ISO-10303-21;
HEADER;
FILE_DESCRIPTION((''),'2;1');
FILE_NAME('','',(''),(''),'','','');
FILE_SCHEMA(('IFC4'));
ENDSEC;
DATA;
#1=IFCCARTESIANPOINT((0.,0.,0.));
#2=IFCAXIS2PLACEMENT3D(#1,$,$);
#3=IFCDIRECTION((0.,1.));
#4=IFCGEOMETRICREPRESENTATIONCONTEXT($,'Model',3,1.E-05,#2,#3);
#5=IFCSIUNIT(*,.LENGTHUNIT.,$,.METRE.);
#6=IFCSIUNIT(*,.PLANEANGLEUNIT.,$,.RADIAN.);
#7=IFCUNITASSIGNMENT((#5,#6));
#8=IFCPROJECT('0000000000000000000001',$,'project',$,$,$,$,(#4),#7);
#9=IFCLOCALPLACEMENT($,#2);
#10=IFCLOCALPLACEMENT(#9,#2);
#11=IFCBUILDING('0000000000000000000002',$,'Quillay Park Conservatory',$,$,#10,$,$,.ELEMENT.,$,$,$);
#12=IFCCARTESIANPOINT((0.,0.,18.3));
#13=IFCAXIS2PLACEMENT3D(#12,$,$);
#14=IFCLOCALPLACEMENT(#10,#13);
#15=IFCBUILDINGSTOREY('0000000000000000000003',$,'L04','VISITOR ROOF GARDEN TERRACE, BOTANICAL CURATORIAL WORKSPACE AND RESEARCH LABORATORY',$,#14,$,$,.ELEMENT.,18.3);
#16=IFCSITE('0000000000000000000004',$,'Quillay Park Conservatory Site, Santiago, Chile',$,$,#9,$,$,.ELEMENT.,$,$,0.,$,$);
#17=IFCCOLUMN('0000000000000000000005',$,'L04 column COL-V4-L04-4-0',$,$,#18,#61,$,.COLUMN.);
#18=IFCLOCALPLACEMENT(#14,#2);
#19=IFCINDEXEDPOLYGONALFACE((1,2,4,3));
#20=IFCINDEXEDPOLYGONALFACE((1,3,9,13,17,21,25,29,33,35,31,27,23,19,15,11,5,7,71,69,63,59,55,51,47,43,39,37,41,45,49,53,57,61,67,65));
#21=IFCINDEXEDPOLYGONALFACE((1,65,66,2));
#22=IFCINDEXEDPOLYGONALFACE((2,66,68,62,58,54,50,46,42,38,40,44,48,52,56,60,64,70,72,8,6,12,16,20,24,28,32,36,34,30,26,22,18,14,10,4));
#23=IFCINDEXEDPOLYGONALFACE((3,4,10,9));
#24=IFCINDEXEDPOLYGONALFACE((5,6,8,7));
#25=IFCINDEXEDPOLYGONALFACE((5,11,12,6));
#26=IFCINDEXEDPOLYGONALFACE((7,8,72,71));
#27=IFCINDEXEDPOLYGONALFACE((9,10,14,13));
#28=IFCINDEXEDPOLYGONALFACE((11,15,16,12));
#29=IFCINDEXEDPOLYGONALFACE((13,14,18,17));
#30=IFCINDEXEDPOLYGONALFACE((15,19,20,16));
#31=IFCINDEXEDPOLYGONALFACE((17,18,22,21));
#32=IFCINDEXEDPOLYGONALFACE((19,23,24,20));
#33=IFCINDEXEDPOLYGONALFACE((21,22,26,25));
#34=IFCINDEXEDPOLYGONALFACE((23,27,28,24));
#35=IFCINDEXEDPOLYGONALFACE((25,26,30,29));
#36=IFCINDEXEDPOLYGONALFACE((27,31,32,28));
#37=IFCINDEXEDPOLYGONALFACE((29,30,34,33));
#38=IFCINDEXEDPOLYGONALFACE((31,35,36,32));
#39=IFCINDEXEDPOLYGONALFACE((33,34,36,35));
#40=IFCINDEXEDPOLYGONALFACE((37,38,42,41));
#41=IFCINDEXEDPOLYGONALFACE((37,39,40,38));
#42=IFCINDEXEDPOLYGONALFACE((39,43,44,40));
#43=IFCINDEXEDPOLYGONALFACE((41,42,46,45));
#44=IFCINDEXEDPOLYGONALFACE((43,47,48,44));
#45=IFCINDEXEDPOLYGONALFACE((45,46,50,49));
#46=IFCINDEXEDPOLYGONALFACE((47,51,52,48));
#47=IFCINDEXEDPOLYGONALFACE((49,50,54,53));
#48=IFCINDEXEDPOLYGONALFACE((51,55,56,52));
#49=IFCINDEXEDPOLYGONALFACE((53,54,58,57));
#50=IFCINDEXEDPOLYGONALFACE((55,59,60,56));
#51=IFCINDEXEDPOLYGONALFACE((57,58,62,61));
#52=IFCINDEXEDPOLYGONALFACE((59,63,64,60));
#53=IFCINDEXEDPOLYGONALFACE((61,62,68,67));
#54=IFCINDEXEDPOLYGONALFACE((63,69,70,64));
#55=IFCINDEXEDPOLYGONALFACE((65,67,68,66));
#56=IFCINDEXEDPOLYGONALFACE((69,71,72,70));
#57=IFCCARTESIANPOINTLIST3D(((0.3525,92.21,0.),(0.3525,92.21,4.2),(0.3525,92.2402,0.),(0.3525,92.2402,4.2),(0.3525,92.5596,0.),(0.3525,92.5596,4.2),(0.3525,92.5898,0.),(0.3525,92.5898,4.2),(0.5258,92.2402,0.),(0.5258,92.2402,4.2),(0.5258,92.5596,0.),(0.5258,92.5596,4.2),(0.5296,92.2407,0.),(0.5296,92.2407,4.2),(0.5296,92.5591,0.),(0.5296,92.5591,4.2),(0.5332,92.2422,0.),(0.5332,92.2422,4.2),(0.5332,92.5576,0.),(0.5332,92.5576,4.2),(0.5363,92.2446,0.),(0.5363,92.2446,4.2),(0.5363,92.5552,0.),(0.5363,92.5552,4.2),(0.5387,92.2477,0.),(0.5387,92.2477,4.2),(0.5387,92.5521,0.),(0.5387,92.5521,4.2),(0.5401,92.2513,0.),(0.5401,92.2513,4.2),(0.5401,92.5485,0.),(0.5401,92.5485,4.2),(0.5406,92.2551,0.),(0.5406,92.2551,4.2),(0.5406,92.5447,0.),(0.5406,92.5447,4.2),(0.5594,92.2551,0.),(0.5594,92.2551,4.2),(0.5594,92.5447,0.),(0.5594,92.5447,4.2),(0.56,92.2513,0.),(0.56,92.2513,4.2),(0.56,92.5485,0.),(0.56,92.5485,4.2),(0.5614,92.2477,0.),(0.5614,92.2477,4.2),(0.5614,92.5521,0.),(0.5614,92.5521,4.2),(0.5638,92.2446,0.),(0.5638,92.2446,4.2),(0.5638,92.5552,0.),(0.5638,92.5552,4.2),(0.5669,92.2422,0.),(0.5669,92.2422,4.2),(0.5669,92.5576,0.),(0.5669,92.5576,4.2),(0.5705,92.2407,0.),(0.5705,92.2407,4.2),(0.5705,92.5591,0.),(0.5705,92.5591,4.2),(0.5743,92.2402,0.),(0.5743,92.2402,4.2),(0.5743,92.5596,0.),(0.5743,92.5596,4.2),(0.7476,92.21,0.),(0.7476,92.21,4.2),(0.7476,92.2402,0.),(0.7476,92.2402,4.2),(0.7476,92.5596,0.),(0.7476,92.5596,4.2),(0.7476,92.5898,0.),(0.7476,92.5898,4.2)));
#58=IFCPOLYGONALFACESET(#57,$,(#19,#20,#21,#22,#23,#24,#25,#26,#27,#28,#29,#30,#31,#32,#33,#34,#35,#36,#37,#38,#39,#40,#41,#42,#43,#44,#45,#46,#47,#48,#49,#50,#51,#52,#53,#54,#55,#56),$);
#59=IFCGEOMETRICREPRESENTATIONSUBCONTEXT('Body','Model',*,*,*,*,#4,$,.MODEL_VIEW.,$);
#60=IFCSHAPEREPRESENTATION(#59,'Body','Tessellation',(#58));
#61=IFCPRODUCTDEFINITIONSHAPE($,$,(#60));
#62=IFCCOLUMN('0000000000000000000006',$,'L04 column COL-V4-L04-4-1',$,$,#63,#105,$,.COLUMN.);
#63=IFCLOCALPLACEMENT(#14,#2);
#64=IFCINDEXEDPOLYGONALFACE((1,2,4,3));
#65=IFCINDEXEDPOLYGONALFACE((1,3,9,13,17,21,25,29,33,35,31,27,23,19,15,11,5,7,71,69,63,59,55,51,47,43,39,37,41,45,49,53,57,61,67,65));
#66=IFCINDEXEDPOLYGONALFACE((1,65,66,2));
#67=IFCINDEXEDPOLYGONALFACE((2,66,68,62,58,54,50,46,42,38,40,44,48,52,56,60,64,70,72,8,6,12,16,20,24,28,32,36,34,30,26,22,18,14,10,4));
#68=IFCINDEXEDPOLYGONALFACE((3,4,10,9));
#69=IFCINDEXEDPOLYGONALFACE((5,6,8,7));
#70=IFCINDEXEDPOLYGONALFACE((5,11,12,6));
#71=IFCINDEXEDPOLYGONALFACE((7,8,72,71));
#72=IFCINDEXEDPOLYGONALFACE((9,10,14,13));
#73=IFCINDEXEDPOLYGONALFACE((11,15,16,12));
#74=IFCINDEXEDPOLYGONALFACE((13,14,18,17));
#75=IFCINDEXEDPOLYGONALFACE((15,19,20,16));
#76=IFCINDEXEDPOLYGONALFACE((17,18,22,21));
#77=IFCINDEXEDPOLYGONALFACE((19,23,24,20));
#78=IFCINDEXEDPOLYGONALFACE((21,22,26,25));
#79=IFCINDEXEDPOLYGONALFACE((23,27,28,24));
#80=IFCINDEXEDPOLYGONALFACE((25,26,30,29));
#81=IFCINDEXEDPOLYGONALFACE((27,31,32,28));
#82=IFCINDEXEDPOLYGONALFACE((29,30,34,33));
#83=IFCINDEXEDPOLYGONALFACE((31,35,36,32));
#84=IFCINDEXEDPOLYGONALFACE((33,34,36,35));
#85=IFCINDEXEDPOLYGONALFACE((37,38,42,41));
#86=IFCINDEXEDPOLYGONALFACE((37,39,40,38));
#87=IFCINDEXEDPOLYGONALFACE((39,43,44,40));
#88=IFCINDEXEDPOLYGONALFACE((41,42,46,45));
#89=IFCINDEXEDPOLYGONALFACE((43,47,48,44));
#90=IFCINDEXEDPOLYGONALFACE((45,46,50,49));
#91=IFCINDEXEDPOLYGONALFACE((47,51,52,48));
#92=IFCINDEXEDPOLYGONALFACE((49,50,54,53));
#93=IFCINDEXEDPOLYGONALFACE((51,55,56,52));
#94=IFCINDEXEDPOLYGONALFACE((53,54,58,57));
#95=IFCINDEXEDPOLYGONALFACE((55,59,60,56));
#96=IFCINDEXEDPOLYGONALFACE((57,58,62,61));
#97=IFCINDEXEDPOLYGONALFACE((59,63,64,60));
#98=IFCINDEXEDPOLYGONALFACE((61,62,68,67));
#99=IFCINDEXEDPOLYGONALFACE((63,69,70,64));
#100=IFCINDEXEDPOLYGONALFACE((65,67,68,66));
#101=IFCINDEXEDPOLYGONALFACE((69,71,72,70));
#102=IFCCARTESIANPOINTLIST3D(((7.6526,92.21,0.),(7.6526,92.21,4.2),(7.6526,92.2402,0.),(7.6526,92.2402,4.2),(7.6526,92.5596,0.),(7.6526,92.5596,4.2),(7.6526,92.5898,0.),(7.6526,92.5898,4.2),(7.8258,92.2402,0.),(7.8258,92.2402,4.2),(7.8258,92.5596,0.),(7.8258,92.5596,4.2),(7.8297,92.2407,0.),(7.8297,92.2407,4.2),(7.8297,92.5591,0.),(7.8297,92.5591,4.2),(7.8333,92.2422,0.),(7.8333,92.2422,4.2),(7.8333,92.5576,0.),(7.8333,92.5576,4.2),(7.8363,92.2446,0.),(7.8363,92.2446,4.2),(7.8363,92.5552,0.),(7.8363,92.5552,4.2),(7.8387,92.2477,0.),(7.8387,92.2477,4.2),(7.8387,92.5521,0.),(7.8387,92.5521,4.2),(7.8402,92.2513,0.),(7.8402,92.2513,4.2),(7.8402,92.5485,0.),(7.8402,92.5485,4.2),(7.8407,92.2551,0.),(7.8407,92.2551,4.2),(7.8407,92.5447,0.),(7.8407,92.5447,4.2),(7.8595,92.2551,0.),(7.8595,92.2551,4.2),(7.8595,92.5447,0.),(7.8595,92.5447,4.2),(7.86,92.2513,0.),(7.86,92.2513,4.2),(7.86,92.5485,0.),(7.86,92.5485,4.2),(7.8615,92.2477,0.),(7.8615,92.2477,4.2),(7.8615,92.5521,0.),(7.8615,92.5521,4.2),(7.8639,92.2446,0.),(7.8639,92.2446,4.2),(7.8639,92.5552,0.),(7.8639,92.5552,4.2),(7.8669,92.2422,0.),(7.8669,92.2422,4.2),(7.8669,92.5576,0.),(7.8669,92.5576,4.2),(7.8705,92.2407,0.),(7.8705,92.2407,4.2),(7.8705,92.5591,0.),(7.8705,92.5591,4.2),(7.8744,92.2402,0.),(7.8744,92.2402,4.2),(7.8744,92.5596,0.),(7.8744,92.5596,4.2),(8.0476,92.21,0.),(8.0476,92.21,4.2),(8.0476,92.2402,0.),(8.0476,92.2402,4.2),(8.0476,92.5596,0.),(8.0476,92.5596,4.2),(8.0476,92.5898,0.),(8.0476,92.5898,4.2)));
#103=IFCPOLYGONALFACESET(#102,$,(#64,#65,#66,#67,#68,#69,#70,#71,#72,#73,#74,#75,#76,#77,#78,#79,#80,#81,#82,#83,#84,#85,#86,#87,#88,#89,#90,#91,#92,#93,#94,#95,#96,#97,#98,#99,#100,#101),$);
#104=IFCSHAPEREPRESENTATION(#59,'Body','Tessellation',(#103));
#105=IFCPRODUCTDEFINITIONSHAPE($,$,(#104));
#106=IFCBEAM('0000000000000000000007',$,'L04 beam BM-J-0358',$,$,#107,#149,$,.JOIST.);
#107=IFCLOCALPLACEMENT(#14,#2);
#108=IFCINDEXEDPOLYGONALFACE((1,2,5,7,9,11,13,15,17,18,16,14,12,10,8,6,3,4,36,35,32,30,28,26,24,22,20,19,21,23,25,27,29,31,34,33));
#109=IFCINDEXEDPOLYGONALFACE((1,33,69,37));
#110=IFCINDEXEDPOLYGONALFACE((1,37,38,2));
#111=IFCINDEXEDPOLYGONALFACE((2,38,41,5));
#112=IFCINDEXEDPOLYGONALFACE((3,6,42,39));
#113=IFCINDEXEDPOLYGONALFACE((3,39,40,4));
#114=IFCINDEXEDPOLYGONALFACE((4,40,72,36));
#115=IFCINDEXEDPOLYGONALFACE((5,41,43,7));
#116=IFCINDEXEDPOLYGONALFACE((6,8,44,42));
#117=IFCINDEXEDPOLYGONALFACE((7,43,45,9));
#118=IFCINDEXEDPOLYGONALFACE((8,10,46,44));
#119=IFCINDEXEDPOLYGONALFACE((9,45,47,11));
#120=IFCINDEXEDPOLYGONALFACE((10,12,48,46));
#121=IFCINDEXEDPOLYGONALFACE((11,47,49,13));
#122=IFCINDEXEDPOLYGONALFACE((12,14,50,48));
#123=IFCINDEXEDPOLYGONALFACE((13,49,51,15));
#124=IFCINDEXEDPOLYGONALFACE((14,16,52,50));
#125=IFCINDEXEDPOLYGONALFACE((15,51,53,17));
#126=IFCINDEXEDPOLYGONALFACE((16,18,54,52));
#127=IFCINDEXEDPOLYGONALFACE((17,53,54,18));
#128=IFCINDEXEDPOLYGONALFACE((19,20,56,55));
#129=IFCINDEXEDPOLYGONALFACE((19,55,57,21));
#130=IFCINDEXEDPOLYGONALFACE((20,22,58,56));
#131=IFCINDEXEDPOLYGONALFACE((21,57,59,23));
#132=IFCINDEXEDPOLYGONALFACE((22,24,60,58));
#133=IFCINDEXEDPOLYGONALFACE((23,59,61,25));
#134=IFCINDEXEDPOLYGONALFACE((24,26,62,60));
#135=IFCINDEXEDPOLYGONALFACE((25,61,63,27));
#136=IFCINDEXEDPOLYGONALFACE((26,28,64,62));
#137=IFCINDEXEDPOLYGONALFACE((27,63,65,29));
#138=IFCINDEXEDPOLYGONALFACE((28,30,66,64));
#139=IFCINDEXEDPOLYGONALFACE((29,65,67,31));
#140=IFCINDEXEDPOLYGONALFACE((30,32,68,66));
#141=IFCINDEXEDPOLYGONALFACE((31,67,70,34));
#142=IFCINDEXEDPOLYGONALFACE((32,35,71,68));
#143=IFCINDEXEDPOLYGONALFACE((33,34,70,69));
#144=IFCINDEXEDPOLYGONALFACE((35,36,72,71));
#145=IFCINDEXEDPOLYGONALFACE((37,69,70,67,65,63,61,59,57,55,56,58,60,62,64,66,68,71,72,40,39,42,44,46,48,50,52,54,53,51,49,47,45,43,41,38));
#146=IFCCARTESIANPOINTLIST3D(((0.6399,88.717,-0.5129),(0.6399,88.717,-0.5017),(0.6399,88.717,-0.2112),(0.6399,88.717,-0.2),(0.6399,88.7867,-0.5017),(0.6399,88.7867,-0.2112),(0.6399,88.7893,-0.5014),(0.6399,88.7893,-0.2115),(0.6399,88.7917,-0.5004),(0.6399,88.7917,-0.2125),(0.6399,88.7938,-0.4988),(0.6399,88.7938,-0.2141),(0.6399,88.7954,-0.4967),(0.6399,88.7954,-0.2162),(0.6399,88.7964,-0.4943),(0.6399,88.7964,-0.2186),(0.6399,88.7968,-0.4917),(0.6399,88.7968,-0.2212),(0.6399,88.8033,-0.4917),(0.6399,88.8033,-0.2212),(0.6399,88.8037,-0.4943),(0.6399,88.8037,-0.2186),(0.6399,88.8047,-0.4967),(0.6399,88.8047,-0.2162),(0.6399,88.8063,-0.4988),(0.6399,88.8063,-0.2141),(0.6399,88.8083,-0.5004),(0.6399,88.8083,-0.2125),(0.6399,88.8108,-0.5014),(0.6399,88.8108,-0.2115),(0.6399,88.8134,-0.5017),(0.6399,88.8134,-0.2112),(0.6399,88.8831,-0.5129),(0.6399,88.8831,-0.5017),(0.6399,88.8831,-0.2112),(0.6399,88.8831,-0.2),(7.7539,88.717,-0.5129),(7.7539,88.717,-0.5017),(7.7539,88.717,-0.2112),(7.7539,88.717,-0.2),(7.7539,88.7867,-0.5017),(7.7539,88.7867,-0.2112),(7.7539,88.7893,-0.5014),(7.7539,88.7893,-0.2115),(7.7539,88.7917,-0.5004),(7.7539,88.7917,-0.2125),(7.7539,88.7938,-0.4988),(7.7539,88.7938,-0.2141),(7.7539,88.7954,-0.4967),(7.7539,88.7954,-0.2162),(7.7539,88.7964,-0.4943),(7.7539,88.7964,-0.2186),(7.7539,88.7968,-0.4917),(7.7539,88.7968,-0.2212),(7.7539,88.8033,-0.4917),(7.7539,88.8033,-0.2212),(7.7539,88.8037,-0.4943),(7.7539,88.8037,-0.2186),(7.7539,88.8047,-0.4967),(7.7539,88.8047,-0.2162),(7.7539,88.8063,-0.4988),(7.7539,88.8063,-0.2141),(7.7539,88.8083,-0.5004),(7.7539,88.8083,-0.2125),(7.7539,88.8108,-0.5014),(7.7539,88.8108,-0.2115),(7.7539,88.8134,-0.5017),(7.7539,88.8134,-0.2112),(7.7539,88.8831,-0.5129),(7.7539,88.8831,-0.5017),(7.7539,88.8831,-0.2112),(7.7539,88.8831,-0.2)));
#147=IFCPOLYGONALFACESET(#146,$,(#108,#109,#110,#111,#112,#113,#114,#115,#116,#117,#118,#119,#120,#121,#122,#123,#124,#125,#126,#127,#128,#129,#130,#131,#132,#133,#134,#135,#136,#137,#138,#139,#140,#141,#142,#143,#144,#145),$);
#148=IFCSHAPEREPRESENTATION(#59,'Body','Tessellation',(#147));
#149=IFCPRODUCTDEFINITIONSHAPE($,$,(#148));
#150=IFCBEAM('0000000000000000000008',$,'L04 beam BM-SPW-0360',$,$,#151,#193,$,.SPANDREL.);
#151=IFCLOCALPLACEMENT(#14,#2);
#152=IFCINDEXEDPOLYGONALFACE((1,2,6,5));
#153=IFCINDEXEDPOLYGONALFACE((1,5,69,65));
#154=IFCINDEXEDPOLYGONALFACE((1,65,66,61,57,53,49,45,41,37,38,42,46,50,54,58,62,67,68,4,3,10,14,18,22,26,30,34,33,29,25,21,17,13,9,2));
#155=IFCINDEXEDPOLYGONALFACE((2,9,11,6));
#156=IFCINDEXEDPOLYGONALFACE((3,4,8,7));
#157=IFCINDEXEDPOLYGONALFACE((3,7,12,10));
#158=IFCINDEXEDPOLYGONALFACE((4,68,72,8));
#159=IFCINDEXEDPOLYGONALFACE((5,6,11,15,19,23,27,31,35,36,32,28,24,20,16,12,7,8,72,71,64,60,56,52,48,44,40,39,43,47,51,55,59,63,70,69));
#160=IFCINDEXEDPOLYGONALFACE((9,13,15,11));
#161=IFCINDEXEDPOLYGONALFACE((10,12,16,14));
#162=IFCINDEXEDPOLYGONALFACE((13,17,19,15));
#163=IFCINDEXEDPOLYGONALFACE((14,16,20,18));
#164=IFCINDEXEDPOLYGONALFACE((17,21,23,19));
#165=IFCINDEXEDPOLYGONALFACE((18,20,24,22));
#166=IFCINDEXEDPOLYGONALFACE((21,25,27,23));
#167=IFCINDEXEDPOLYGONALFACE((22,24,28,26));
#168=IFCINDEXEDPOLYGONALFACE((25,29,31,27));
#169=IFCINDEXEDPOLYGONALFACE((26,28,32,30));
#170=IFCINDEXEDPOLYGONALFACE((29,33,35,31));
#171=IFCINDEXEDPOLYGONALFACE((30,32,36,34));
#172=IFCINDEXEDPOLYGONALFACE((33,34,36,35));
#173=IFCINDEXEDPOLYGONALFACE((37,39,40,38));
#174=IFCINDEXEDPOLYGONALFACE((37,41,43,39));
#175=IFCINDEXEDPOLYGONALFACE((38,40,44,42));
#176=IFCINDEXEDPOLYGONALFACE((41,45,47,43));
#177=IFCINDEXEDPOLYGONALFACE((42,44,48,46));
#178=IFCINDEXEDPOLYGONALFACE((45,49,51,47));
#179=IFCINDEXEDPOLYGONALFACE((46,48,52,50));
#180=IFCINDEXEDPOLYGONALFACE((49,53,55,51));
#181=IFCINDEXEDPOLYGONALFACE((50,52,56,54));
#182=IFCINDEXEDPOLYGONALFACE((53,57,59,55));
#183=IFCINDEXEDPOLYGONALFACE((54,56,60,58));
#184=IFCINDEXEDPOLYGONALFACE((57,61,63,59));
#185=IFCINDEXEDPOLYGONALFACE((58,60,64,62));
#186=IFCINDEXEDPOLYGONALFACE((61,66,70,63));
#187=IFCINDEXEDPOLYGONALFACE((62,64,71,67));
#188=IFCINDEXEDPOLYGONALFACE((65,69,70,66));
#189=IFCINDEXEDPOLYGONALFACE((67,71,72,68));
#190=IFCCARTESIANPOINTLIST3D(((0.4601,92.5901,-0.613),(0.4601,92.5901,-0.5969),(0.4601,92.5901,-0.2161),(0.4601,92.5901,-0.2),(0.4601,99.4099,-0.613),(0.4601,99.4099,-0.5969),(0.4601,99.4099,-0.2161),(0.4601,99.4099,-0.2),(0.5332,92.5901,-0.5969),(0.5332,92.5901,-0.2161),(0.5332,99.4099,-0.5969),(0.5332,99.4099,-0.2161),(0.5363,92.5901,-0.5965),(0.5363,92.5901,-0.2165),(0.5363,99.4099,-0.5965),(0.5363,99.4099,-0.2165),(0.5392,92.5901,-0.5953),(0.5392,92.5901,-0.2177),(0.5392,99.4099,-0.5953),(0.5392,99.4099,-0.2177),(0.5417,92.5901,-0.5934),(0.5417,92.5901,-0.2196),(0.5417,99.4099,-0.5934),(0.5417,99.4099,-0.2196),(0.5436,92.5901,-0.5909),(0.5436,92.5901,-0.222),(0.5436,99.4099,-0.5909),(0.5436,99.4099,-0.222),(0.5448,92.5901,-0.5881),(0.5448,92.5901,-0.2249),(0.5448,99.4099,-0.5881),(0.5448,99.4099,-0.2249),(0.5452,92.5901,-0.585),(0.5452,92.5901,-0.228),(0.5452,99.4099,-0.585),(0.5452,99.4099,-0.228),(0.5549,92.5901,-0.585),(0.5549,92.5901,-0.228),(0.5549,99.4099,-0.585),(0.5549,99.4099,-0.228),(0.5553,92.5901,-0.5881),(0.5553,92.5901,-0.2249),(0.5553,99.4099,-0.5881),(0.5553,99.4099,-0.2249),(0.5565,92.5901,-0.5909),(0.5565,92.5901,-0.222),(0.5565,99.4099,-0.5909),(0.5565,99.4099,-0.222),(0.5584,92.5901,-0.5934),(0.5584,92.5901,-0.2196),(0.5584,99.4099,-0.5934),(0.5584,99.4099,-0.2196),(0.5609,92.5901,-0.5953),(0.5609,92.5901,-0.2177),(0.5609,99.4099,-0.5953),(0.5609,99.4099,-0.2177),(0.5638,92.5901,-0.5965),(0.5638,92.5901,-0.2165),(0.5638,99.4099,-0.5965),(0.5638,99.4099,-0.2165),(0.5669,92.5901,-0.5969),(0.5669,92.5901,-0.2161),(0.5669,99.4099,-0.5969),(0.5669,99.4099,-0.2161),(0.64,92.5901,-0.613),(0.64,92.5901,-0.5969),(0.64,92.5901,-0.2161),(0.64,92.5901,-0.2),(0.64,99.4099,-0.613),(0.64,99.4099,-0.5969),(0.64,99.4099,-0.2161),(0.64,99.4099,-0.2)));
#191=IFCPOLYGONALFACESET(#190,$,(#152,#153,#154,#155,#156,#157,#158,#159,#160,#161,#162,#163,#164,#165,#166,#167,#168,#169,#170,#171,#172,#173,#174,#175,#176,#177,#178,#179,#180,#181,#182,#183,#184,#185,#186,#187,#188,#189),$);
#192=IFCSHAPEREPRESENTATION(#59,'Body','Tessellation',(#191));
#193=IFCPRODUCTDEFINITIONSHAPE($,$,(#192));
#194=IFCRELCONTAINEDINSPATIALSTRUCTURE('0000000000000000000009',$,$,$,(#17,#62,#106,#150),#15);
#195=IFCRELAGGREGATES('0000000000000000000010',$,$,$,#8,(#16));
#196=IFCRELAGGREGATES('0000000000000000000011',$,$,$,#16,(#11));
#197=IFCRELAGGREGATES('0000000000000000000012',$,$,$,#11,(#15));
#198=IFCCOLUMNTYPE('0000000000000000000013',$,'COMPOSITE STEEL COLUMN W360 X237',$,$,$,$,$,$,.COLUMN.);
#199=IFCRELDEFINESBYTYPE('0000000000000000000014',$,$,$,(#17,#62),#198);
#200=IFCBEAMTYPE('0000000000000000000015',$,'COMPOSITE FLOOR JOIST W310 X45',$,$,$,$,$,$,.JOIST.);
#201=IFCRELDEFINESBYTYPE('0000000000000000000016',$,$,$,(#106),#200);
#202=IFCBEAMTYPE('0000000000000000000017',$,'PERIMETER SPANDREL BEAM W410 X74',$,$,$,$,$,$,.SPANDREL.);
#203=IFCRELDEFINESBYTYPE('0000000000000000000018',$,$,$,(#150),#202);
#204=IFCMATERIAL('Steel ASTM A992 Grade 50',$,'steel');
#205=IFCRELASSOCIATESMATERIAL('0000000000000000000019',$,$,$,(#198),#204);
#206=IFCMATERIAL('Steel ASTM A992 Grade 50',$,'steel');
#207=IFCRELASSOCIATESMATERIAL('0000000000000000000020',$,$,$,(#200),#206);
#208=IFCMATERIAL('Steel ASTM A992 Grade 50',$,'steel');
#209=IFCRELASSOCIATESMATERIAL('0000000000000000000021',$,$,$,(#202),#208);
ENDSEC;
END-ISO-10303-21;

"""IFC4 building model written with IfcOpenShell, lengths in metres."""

from ifc_helpers import new_model, si_unit, direction, frame, origin, origin_2d, place, context, subcontext, project, spatial, i_section, extrude, material, material_profile, profile_set, type_object, element, save


model = new_model("IFC4")

# Units and contexts
model_context = context("Model", 3, precision=1e-05, world=origin(), true_north=direction((0.0, 1.0)))
body_context = subcontext(model_context, "Body", "Model", "MODEL_VIEW")
ifc_project = project(units=[si_unit("LENGTHUNIT", "METRE"), si_unit("PLANEANGLEUNIT", "RADIAN")], contexts=[model_context])

# Site, building, storey
site_placement = place(None, origin())
site = spatial("IfcSite", under=ifc_project, at=site_placement, Name="Quillay Park Conservatory Site, Santiago, Chile", CompositionType="ELEMENT", RefElevation=0.0)
building_placement = place(site_placement, origin())
building = spatial("IfcBuilding", under=site, at=building_placement, Name="Quillay Park Conservatory", CompositionType="ELEMENT")
storey_placement = place(building_placement, frame((0.0, 0.0, 18.3)))
storey = spatial("IfcBuildingStorey", under=building, at=storey_placement, Name="L04", Description="VISITOR ROOF GARDEN TERRACE, BOTANICAL CURATORIAL WORKSPACE AND RESEARCH LABORATORY", CompositionType="ELEMENT", Elevation=18.3)

# Columns
ifc_material_1 = material(Name="Steel ASTM A992 Grade 50", Category="steel")
ifc_material_profile_1 = material_profile(ifc_material_1, i_section(OverallWidth=0.395, OverallDepth=0.3799, WebThickness=0.0188, FlangeThickness=0.0303, FilletRadius=0.0149, at=origin_2d()), Name="W360x237")
ifc_profile_set_1 = profile_set([ifc_material_profile_1], Name="Steel ASTM A992 Grade 50")
column_type = type_object("IfcColumnType", Name="COMPOSITE STEEL COLUMN W360 X237", PredefinedType="COLUMN", material=ifc_profile_set_1)
for number, where, z_axis, x_axis, name in (
    (1, (0.55, 92.3999, 0.0), (0.0, 0.0, 1.0), (1.0, 0.0, 0.0), "L04 column COL-V4-L04-4-0"),
    (2, (7.8501, 92.3999, 0.0), (0.0, 0.0, 1.0), (1.0, 0.0, 0.0), "L04 column COL-V4-L04-4-1"),
):
    element("IfcColumn", number, at=place(storey_placement, frame(where, z_axis=z_axis, x_axis=x_axis)), inside=storey, type_object=column_type, Name=name, PredefinedType="COLUMN", context=body_context, shape_type="SweptSolid", body=[
        extrude(i_section(OverallWidth=0.395, OverallDepth=0.3799, WebThickness=0.0188, FlangeThickness=0.0303, FilletRadius=0.0149, at=origin_2d()), origin(), (0.0, 0.0, 1.0), 4.2),
    ])

# Beams
ifc_material_2 = material(Name="Steel ASTM A992 Grade 50", Category="steel")
ifc_material_profile_2 = material_profile(ifc_material_2, i_section(OverallWidth=0.166, OverallDepth=0.313, WebThickness=0.0066, FlangeThickness=0.0112, FilletRadius=0.01, at=origin_2d()), Name="W310x45")
ifc_profile_set_2 = profile_set([ifc_material_profile_2], Name="Steel ASTM A992 Grade 50")
beam_type_1 = type_object("IfcBeamType", Name="COMPOSITE FLOOR JOIST W310 X45", PredefinedType="JOIST", material=ifc_profile_set_2)
beam_1_placement = place(storey_placement, frame((0.6399, 88.8, -0.3564), z_axis=(1.0, 0.0, 0.0), x_axis=(0.0, 1.0, 0.0)))
element("IfcBeam", 3, at=beam_1_placement, inside=storey, type_object=beam_type_1, Name="L04 beam BM-J-0358", PredefinedType="JOIST", context=body_context, shape_type="SweptSolid", body=[
    extrude(i_section(OverallWidth=0.166, OverallDepth=0.313, WebThickness=0.0066, FlangeThickness=0.0112, FilletRadius=0.01, at=origin_2d()), origin(), (0.0, 0.0, 1.0), 7.114),
])
ifc_material_3 = material(Name="Steel ASTM A992 Grade 50", Category="steel")
ifc_material_profile_3 = material_profile(ifc_material_3, i_section(OverallWidth=0.1799, OverallDepth=0.4131, WebThickness=0.0098, FlangeThickness=0.0161, FilletRadius=0.012, at=origin_2d()), Name="W410x74")
ifc_profile_set_3 = profile_set([ifc_material_profile_3], Name="Steel ASTM A992 Grade 50")
beam_type_2 = type_object("IfcBeamType", Name="PERIMETER SPANDREL BEAM W410 X74", PredefinedType="SPANDREL", material=ifc_profile_set_3)
beam_2_placement = place(storey_placement, frame((0.55, 92.5901, -0.4065), z_axis=(0.0, 1.0, 0.0), x_axis=(-1.0, 0.0, 0.0)))
element("IfcBeam", 4, at=beam_2_placement, inside=storey, type_object=beam_type_2, Name="L04 beam BM-SPW-0360", PredefinedType="SPANDREL", context=body_context, shape_type="SweptSolid", body=[
    extrude(i_section(OverallWidth=0.1799, OverallDepth=0.4131, WebThickness=0.0098, FlangeThickness=0.0161, FilletRadius=0.012, at=origin_2d()), origin(), (0.0, 0.0, 1.0), 6.8198),
])

save(model, "model.ifc")
